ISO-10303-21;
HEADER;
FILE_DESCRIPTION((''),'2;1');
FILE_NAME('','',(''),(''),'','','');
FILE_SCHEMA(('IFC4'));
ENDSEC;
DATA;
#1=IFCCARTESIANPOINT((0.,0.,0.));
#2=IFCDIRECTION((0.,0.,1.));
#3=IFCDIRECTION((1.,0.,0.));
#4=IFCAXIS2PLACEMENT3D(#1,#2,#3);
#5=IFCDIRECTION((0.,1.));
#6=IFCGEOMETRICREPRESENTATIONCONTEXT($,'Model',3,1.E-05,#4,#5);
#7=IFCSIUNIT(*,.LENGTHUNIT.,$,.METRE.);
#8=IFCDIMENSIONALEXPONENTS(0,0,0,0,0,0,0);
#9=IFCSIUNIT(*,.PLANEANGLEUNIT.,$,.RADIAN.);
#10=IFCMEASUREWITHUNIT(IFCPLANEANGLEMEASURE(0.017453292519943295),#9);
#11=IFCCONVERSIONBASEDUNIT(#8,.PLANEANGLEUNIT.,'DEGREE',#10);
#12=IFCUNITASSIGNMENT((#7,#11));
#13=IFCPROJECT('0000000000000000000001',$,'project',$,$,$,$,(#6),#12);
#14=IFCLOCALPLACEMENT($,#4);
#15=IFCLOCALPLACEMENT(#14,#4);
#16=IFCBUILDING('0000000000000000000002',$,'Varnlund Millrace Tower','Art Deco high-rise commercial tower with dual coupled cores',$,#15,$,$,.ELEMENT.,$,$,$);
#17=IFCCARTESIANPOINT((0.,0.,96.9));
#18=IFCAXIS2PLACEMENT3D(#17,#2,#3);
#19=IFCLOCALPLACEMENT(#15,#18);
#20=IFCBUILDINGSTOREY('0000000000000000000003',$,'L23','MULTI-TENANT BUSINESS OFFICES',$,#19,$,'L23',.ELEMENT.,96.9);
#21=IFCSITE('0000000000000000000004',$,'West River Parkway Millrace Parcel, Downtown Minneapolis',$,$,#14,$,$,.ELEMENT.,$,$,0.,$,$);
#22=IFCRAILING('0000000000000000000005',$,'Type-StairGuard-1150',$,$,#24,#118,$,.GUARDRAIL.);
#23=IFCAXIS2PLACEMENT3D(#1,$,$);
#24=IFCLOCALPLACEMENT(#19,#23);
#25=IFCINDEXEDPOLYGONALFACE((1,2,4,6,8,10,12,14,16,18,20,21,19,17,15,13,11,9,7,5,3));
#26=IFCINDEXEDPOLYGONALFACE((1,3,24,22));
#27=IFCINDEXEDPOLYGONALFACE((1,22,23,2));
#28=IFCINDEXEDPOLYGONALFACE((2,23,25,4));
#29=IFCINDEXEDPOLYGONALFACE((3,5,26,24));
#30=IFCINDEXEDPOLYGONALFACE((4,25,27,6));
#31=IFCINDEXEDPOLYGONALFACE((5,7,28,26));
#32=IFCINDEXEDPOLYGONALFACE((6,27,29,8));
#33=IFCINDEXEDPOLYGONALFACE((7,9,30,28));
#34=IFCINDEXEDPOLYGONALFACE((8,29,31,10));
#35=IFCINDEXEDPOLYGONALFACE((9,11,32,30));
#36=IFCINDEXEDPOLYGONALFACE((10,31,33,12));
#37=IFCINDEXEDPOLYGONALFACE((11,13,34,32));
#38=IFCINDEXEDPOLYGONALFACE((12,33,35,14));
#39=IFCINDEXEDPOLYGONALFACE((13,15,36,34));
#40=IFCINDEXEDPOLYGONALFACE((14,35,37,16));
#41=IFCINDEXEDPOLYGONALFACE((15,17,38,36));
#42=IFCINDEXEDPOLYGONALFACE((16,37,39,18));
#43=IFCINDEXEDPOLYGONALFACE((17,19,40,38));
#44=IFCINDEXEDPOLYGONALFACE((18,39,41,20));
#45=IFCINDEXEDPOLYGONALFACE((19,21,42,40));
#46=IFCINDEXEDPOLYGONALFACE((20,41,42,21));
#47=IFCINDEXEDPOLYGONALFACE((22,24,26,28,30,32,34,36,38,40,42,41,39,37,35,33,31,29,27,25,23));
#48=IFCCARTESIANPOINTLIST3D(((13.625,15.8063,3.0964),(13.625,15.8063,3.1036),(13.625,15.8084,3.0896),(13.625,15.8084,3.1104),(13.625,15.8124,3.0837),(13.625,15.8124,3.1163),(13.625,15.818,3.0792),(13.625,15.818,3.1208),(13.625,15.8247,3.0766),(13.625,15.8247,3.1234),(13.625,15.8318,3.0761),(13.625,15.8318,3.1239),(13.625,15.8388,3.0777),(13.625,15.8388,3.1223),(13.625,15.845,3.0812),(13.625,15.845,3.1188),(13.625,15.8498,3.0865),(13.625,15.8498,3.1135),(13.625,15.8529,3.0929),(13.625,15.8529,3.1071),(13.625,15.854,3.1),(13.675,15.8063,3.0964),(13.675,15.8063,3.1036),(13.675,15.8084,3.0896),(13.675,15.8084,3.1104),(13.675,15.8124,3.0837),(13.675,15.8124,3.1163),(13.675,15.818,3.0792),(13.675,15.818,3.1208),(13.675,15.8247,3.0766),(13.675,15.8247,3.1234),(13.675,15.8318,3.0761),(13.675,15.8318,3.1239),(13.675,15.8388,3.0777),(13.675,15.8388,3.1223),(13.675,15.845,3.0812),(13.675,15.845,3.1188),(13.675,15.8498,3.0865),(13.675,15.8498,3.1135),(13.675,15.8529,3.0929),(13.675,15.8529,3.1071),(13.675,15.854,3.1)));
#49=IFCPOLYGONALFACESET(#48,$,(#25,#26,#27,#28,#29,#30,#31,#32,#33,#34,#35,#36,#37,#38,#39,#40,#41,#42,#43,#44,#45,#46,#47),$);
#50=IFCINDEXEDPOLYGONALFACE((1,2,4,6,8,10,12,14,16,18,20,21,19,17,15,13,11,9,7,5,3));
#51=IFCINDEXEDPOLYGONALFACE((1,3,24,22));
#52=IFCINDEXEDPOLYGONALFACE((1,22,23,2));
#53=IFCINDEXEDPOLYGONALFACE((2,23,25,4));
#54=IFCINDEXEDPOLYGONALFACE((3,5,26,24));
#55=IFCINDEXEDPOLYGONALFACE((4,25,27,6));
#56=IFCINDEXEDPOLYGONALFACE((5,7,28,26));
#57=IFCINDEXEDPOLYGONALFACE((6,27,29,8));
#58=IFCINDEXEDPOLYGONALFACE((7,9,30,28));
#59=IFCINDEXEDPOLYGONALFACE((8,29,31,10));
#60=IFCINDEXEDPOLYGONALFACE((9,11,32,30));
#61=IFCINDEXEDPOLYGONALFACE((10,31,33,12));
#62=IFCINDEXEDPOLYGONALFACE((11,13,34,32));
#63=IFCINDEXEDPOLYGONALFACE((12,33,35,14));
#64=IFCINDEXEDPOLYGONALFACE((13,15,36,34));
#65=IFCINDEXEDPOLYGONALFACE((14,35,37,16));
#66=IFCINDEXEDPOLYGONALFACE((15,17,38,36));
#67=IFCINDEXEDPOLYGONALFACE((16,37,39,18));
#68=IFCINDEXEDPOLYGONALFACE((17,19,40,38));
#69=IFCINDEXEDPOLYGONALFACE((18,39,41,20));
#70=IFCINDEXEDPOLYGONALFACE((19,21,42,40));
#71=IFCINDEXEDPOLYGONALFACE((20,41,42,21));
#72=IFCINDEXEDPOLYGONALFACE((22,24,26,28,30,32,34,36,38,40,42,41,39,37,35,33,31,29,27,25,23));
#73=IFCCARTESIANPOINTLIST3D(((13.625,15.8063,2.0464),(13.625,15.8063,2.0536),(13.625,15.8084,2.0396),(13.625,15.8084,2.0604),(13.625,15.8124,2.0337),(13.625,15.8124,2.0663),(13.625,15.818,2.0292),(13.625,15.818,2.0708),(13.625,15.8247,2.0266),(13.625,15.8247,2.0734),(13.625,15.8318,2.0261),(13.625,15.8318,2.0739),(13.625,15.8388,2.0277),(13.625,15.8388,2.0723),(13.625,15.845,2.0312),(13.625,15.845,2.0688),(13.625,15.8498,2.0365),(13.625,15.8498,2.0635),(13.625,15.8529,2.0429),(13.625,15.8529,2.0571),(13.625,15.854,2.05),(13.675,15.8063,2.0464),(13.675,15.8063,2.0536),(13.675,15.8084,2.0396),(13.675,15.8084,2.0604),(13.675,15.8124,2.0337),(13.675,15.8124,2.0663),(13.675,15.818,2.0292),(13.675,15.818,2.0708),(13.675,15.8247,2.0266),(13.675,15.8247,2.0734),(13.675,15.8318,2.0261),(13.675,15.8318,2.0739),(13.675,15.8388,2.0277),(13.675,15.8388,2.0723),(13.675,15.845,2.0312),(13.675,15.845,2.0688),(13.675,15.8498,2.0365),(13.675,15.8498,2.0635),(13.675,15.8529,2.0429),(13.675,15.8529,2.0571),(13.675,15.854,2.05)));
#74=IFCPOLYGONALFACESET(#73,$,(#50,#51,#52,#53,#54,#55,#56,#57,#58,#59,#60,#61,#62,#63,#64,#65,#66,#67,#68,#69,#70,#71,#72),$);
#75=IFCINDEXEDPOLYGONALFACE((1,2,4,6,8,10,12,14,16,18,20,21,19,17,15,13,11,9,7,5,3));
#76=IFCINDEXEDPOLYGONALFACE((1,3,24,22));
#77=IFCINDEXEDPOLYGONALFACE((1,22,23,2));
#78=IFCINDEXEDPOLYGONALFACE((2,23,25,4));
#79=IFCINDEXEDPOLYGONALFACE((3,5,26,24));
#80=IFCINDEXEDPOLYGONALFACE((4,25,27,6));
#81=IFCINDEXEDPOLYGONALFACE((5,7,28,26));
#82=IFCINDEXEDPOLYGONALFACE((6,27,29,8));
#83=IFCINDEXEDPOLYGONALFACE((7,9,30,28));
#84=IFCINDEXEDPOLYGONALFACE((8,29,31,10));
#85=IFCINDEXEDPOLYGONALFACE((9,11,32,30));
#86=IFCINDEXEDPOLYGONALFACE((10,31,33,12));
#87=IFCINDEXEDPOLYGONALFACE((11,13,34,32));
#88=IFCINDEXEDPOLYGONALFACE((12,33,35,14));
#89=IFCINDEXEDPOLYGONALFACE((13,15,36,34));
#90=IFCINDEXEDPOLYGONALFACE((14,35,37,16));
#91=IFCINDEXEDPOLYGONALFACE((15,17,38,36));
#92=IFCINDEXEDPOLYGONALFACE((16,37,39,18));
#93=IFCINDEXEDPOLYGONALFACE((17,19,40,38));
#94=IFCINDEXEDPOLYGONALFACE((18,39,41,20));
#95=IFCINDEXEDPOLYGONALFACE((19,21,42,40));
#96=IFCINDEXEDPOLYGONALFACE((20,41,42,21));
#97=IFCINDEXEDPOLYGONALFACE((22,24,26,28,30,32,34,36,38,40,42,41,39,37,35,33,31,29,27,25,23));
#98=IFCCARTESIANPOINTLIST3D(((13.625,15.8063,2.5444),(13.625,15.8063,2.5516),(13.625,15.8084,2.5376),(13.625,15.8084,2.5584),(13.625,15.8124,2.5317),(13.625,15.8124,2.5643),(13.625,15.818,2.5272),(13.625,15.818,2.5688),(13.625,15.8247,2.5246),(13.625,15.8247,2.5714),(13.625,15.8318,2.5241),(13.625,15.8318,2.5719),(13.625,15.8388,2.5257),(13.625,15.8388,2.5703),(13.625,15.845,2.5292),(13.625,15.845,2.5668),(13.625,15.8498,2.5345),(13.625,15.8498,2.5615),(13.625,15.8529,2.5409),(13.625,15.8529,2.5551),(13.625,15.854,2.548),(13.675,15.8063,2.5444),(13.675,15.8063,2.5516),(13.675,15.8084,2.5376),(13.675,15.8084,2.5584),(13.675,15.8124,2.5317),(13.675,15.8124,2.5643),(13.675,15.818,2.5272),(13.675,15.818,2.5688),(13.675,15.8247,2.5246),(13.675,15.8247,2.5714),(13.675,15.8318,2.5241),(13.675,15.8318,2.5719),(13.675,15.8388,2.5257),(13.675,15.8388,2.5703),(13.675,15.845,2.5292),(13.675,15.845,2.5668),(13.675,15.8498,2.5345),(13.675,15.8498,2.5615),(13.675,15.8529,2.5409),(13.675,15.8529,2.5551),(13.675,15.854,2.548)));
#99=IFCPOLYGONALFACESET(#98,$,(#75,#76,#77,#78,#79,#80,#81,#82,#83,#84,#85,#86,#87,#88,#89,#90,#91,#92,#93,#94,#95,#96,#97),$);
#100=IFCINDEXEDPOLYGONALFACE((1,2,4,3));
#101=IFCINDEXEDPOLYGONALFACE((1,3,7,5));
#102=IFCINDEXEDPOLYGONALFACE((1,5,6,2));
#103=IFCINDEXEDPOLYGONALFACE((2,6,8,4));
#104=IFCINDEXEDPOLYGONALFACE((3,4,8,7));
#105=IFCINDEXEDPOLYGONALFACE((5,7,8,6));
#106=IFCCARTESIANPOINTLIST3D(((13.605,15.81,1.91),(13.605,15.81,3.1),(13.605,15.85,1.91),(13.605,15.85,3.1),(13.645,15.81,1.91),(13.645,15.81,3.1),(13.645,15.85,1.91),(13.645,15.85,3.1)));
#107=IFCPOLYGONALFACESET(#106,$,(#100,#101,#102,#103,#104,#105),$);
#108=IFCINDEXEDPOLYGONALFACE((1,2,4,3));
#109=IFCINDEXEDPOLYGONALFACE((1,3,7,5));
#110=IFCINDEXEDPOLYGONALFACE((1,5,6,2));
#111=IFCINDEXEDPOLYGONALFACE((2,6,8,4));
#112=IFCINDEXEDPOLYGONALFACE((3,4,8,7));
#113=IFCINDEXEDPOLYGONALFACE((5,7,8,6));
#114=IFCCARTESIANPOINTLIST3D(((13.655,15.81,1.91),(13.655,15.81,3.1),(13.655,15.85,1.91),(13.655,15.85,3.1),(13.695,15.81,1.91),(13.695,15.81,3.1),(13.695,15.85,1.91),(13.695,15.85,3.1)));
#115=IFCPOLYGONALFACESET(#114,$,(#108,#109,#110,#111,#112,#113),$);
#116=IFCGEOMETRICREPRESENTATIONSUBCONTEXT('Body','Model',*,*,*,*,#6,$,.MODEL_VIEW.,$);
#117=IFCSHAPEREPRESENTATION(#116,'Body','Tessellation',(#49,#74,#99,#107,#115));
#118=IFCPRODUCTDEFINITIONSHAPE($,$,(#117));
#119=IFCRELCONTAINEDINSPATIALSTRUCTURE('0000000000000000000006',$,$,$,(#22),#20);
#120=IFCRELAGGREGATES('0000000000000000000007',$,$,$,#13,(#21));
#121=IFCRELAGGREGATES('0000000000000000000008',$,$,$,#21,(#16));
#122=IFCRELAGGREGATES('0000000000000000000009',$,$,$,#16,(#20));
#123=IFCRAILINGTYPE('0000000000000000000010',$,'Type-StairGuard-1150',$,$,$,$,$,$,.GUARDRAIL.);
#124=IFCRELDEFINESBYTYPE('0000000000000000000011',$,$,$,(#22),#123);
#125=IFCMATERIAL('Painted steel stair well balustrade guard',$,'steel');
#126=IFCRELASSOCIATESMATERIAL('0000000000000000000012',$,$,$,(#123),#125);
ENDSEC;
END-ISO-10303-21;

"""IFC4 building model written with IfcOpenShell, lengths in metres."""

from ifc_helpers import new_model, entity, si_unit, converted_unit, direction, frame, origin_with_axes, origin_2d_with_axis, place, context, subcontext, project, spatial, rectangle, circle, extrude, material, type_object, element, save


model = new_model("IFC4")

# Units and contexts
model_context = context("Model", 3, precision=1e-05, world=origin_with_axes(), true_north=direction((0.0, 1.0)))
body_context = subcontext(model_context, "Body", "Model", "MODEL_VIEW")
ifc_project = project(units=[si_unit("LENGTHUNIT", "METRE"), converted_unit("PLANEANGLEUNIT", "DEGREE", entity("IfcPlaneAngleMeasure", 0.017453292519943295), si_unit("PLANEANGLEUNIT", "RADIAN"), dimensions=[0, 0, 0, 0, 0, 0, 0])], contexts=[model_context])

# Site, building, storey
site_placement = place(None, origin_with_axes())
site = spatial("IfcSite", under=ifc_project, at=site_placement, Name="West River Parkway Millrace Parcel, Downtown Minneapolis", CompositionType="ELEMENT", RefElevation=0.0)
building_placement = place(site_placement, origin_with_axes())
building = spatial("IfcBuilding", under=site, at=building_placement, Name="Varnlund Millrace Tower", Description="Art Deco high-rise commercial tower with dual coupled cores", CompositionType="ELEMENT")
storey_placement = place(building_placement, frame((0.0, 0.0, 96.9), z_axis=(0.0, 0.0, 1.0), x_axis=(1.0, 0.0, 0.0)))
storey = spatial("IfcBuildingStorey", under=building, at=storey_placement, Name="L23", Description="MULTI-TENANT BUSINESS OFFICES", LongName="L23", CompositionType="ELEMENT", Elevation=96.9)

# Railing
ifc_material_1 = material(Name="Painted steel stair well balustrade guard", Category="steel")
railing_type_1 = type_object("IfcRailingType", Name="Type-StairGuard-1150", PredefinedType="GUARDRAIL", material=ifc_material_1)
railing_1_placement = place(storey_placement, frame((0.0, 0.0, -96.9), z_axis=(0.0, 0.0, 1.0), x_axis=(1.0, 0.0, 0.0)))
element("IfcRailing", 1, at=railing_1_placement, inside=storey, type_object=railing_type_1, Name="Type-StairGuard-1150", PredefinedType="GUARDRAIL", context=body_context, shape_type="SweptSolid", body=[
    extrude(circle(Radius=0.024, at=origin_2d_with_axis()), frame((13.625, 15.83, 100.0), z_axis=(1.0, 0.0, 0.0), x_axis=(0.0, 1.0, 0.0)), (0.0, 0.0, 1.0), 0.05),
    extrude(circle(Radius=0.024, at=origin_2d_with_axis()), frame((13.625, 15.83, 98.95), z_axis=(1.0, 0.0, 0.0), x_axis=(0.0, 1.0, 0.0)), (0.0, 0.0, 1.0), 0.05),
    extrude(circle(Radius=0.024, at=origin_2d_with_axis()), frame((13.625, 15.83, 99.448), z_axis=(1.0, 0.0, 0.0), x_axis=(0.0, 1.0, 0.0)), (0.0, 0.0, 1.0), 0.05),
    extrude(rectangle(XDim=0.04, YDim=0.04, at=origin_2d_with_axis()), frame((13.625, 15.83, 98.81), z_axis=(0.0, 0.0, 1.0), x_axis=(1.0, 0.0, 0.0)), (0.0, 0.0, 1.0), 1.19),
    extrude(rectangle(XDim=0.04, YDim=0.04, at=origin_2d_with_axis()), frame((13.675, 15.83, 98.81), z_axis=(0.0, 0.0, 1.0), x_axis=(1.0, 0.0, 0.0)), (0.0, 0.0, 1.0), 1.19),
])

save(model, "model.ifc")
